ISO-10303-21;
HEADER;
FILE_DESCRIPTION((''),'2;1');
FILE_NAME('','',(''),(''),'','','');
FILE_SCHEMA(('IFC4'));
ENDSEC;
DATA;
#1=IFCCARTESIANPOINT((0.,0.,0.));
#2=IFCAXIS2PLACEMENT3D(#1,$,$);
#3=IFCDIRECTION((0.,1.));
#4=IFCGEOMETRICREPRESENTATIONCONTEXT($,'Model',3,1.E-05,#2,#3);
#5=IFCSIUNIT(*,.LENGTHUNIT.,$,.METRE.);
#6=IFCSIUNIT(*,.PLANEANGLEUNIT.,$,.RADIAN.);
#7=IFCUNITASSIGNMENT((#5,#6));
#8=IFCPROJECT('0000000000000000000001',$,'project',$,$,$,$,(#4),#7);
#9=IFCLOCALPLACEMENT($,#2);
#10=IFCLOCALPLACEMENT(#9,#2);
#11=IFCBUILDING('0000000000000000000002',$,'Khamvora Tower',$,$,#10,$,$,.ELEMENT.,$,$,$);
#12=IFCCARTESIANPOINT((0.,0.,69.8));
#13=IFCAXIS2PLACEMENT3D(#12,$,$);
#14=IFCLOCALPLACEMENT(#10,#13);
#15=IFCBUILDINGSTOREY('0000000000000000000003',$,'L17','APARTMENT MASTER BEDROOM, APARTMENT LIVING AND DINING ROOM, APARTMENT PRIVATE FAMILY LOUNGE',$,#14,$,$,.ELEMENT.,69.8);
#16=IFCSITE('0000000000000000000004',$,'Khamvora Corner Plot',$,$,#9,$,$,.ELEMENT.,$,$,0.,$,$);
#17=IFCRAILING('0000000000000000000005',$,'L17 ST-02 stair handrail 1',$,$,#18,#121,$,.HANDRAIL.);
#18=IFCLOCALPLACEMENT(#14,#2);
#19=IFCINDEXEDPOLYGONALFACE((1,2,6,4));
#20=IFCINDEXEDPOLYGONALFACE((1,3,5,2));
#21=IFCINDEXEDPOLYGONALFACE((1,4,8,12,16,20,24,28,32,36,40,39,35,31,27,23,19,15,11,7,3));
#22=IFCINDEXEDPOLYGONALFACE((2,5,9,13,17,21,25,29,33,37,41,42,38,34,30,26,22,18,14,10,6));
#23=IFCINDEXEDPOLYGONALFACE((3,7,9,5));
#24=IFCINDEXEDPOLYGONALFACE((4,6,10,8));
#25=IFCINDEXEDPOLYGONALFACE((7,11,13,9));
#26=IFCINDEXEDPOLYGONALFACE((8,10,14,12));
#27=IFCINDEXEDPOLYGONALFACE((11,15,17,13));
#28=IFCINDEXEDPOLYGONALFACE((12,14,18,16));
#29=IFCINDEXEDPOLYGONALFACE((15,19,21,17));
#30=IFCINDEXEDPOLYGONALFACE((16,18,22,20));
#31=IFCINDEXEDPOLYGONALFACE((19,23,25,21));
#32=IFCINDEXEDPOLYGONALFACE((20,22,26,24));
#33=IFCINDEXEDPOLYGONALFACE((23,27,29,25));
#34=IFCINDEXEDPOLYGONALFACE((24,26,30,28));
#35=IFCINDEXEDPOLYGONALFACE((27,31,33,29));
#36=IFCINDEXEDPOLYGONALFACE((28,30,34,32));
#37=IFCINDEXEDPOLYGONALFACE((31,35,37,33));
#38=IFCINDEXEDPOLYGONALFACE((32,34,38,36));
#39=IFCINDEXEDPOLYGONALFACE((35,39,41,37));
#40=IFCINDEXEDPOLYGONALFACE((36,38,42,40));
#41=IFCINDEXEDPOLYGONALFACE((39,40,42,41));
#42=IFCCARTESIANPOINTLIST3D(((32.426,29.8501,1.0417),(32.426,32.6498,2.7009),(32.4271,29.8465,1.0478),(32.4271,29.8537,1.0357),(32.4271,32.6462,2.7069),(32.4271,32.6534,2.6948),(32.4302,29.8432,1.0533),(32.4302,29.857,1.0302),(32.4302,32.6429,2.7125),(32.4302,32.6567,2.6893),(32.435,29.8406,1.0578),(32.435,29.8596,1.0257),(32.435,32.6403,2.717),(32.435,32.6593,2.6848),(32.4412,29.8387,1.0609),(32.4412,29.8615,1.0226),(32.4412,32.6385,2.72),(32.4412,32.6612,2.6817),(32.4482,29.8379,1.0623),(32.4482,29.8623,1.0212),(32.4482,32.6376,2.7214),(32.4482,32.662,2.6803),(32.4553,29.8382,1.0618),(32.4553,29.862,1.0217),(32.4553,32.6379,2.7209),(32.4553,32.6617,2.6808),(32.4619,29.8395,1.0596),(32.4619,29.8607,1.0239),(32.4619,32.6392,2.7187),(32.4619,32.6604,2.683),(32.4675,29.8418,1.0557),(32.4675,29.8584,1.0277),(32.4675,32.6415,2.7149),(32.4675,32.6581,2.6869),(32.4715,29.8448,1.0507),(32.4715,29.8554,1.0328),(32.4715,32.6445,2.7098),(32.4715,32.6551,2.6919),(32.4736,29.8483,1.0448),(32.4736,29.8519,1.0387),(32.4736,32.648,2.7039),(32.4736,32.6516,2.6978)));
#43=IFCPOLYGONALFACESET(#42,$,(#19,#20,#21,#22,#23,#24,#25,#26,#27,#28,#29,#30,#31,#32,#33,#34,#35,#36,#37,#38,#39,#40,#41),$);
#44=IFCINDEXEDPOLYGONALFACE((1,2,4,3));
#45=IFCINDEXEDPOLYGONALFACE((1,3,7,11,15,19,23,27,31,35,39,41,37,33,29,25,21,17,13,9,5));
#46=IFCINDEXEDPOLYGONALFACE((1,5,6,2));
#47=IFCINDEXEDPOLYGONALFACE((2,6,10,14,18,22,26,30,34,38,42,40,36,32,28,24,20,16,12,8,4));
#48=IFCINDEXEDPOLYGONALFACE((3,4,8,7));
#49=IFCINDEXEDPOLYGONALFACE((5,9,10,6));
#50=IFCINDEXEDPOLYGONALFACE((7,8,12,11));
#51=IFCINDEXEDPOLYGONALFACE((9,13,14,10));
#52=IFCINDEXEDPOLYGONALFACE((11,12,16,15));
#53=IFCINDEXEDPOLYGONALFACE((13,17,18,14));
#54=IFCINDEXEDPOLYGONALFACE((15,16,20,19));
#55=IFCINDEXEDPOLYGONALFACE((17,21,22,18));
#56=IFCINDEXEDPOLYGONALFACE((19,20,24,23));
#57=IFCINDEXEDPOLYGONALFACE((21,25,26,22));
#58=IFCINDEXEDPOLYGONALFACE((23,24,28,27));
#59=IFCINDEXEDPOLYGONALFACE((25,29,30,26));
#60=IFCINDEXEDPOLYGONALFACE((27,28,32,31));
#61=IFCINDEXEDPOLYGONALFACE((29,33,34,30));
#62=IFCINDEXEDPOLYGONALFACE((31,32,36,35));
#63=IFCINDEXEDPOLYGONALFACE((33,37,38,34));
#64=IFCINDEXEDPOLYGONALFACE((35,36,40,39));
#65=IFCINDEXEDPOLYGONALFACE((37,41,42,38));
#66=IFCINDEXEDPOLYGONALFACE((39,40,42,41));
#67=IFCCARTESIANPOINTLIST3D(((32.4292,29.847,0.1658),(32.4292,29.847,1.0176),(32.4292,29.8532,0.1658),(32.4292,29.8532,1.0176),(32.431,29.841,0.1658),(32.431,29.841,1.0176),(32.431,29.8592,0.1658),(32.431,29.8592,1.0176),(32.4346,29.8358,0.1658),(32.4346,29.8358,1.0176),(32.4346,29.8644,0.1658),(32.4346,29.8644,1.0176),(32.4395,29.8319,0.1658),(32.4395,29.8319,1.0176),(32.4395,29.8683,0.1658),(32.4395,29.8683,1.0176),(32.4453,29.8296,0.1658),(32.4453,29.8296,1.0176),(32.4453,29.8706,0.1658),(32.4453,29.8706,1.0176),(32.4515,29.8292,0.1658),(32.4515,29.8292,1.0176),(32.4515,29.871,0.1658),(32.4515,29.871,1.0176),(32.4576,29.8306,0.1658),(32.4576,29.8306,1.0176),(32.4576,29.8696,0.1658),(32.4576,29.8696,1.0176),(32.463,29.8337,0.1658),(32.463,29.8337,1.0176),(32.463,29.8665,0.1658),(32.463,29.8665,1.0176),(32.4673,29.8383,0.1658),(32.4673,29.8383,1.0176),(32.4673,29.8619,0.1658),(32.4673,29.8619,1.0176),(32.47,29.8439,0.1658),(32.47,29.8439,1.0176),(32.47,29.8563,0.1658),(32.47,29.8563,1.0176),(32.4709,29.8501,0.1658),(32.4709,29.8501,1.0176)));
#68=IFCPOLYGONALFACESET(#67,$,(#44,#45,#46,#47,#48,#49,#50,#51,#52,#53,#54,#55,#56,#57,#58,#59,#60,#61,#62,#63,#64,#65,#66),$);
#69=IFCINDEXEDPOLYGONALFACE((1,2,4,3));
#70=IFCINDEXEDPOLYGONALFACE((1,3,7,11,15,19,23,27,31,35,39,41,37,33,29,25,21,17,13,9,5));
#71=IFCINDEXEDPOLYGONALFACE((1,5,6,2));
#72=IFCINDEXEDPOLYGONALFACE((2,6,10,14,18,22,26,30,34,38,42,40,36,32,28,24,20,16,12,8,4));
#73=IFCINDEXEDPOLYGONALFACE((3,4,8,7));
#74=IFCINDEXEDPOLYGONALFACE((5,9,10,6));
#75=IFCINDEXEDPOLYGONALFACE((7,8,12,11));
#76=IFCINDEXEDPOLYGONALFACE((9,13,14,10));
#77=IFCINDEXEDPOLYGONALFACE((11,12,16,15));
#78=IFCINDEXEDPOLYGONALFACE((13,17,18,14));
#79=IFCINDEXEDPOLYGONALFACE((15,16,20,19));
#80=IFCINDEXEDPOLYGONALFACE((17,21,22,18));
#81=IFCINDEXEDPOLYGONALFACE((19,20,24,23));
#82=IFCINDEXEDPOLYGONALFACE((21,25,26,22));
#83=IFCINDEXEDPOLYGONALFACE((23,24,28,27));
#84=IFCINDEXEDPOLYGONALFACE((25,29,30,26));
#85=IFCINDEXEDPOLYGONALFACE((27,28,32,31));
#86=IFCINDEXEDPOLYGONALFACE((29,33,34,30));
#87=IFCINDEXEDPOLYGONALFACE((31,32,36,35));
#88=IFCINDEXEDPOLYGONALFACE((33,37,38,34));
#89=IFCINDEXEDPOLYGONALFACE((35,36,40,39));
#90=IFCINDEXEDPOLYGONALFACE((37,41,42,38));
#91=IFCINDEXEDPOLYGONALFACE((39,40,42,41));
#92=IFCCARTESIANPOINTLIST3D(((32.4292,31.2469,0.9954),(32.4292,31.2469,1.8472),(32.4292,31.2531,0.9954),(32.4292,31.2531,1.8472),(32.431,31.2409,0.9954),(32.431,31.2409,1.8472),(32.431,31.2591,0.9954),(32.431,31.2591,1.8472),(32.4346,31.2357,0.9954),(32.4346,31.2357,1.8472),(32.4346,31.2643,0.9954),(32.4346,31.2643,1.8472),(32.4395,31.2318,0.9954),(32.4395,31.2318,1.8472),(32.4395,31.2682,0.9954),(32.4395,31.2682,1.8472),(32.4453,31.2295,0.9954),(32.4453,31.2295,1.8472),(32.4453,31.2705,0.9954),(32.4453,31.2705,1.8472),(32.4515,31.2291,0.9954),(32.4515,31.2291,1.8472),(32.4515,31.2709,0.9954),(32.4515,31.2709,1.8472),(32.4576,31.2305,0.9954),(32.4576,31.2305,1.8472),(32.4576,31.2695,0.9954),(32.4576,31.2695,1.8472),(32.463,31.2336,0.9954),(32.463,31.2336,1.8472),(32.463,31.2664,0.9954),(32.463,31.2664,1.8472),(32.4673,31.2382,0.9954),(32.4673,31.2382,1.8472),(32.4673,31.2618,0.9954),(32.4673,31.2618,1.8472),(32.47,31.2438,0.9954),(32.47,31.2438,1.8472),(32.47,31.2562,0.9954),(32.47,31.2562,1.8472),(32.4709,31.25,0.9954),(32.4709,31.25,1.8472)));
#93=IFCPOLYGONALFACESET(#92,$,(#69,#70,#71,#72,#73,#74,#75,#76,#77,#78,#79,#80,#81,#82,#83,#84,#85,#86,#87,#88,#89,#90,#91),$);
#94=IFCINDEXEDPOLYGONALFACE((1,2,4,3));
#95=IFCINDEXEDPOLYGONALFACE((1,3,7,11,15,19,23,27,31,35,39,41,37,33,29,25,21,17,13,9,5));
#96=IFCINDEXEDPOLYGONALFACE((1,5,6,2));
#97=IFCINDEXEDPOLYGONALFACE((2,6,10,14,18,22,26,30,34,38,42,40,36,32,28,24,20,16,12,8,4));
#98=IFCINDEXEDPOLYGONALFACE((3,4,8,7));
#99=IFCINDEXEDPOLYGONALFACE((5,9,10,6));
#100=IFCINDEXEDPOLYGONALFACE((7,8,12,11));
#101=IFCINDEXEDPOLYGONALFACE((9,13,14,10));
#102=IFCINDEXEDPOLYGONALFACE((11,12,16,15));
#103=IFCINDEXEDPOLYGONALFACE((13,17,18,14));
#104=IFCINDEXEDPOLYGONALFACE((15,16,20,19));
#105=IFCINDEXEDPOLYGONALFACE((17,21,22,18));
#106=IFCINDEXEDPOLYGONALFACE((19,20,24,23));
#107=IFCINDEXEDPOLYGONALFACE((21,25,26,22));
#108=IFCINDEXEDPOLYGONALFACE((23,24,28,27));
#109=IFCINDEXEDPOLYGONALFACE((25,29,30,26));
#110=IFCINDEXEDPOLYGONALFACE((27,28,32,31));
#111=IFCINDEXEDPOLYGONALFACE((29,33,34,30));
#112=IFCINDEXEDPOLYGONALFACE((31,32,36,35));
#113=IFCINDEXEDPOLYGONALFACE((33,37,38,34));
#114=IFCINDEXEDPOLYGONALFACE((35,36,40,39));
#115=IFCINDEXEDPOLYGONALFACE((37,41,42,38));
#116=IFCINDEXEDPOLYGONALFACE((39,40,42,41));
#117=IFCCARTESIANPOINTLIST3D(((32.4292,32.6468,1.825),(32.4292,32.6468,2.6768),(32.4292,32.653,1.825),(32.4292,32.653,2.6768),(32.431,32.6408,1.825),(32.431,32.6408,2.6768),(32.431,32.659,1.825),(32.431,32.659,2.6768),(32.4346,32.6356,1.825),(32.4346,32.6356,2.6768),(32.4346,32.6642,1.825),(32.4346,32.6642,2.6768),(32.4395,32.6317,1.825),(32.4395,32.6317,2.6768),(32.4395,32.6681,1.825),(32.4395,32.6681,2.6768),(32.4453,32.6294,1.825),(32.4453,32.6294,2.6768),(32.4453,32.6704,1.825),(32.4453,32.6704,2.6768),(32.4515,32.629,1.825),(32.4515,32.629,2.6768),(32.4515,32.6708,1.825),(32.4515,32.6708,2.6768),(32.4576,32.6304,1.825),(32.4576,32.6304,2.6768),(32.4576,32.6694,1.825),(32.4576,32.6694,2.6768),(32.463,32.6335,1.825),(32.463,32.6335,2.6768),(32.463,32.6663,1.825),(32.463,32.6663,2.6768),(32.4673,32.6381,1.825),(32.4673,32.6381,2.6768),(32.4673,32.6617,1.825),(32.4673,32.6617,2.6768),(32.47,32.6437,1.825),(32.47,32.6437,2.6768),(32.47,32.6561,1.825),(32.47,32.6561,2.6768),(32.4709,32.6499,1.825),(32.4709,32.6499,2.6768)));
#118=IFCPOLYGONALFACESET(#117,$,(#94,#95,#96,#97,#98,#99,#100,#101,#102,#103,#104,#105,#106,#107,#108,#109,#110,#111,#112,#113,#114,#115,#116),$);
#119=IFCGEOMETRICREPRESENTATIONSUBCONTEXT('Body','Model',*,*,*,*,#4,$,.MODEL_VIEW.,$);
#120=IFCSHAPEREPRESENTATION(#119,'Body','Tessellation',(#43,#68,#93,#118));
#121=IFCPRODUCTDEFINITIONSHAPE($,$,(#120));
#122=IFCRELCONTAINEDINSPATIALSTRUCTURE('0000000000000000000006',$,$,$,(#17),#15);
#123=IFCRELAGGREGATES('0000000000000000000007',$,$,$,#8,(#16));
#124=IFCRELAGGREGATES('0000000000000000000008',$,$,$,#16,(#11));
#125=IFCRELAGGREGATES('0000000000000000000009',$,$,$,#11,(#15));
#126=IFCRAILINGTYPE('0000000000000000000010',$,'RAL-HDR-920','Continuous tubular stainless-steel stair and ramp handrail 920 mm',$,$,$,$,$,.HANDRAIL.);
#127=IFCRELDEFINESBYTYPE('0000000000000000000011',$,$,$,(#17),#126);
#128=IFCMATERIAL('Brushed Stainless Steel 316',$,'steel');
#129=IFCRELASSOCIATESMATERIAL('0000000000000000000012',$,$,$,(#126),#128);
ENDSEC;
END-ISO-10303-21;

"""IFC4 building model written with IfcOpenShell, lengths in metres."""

from ifc_helpers import new_model, si_unit, direction, frame, origin, origin_2d, place, context, subcontext, project, spatial, circle, extrude, material, type_object, element, save


model = new_model("IFC4")

# Units and contexts
model_context = context("Model", 3, precision=1e-05, world=origin(), true_north=direction((0.0, 1.0)))
body_context = subcontext(model_context, "Body", "Model", "MODEL_VIEW")
ifc_project = project(units=[si_unit("LENGTHUNIT", "METRE"), si_unit("PLANEANGLEUNIT", "RADIAN")], contexts=[model_context])

# Site, building, storey
site_placement = place(None, origin())
site = spatial("IfcSite", under=ifc_project, at=site_placement, Name="Khamvora Corner Plot", CompositionType="ELEMENT", RefElevation=0.0)
building_placement = place(site_placement, origin())
building = spatial("IfcBuilding", under=site, at=building_placement, Name="Khamvora Tower", CompositionType="ELEMENT")
storey_placement = place(building_placement, frame((0.0, 0.0, 69.8)))
storey = spatial("IfcBuildingStorey", under=building, at=storey_placement, Name="L17", Description="APARTMENT MASTER BEDROOM, APARTMENT LIVING AND DINING ROOM, APARTMENT PRIVATE FAMILY LOUNGE", CompositionType="ELEMENT", Elevation=69.8)

# Railing
ifc_material_1 = material(Name="Brushed Stainless Steel 316", Category="steel")
railing_type_1 = type_object("IfcRailingType", Name="RAL-HDR-920", Description="Continuous tubular stainless-steel stair and ramp handrail 920 mm", PredefinedType="HANDRAIL", material=ifc_material_1)
railing_1_placement = place(storey_placement, frame((32.45, 29.8501, 0.1658)))
element("IfcRailing", 1, at=railing_1_placement, inside=storey, type_object=railing_type_1, Name="L17 ST-02 stair handrail 1", PredefinedType="HANDRAIL", context=body_context, shape_type="SweptSolid", body=[
    extrude(circle(Radius=0.0239, at=origin_2d()), frame((0.0, 0.0, 0.876), z_axis=(0.0, 0.860287, 0.509811), x_axis=(-1.0, 0.0, 0.0)), (0.0, 0.0, 1.0), 3.2544),
    extrude(circle(Radius=0.021, at=origin_2d()), origin(), (0.0, 0.0, 1.0), 0.8518),
    extrude(circle(Radius=0.021, at=origin_2d()), frame((0.0, 1.3999, 0.8296)), (0.0, 0.0, 1.0), 0.8518),
    extrude(circle(Radius=0.021, at=origin_2d()), frame((0.0, 2.7998, 1.6592)), (0.0, 0.0, 1.0), 0.8518),
])

save(model, "model.ifc")
